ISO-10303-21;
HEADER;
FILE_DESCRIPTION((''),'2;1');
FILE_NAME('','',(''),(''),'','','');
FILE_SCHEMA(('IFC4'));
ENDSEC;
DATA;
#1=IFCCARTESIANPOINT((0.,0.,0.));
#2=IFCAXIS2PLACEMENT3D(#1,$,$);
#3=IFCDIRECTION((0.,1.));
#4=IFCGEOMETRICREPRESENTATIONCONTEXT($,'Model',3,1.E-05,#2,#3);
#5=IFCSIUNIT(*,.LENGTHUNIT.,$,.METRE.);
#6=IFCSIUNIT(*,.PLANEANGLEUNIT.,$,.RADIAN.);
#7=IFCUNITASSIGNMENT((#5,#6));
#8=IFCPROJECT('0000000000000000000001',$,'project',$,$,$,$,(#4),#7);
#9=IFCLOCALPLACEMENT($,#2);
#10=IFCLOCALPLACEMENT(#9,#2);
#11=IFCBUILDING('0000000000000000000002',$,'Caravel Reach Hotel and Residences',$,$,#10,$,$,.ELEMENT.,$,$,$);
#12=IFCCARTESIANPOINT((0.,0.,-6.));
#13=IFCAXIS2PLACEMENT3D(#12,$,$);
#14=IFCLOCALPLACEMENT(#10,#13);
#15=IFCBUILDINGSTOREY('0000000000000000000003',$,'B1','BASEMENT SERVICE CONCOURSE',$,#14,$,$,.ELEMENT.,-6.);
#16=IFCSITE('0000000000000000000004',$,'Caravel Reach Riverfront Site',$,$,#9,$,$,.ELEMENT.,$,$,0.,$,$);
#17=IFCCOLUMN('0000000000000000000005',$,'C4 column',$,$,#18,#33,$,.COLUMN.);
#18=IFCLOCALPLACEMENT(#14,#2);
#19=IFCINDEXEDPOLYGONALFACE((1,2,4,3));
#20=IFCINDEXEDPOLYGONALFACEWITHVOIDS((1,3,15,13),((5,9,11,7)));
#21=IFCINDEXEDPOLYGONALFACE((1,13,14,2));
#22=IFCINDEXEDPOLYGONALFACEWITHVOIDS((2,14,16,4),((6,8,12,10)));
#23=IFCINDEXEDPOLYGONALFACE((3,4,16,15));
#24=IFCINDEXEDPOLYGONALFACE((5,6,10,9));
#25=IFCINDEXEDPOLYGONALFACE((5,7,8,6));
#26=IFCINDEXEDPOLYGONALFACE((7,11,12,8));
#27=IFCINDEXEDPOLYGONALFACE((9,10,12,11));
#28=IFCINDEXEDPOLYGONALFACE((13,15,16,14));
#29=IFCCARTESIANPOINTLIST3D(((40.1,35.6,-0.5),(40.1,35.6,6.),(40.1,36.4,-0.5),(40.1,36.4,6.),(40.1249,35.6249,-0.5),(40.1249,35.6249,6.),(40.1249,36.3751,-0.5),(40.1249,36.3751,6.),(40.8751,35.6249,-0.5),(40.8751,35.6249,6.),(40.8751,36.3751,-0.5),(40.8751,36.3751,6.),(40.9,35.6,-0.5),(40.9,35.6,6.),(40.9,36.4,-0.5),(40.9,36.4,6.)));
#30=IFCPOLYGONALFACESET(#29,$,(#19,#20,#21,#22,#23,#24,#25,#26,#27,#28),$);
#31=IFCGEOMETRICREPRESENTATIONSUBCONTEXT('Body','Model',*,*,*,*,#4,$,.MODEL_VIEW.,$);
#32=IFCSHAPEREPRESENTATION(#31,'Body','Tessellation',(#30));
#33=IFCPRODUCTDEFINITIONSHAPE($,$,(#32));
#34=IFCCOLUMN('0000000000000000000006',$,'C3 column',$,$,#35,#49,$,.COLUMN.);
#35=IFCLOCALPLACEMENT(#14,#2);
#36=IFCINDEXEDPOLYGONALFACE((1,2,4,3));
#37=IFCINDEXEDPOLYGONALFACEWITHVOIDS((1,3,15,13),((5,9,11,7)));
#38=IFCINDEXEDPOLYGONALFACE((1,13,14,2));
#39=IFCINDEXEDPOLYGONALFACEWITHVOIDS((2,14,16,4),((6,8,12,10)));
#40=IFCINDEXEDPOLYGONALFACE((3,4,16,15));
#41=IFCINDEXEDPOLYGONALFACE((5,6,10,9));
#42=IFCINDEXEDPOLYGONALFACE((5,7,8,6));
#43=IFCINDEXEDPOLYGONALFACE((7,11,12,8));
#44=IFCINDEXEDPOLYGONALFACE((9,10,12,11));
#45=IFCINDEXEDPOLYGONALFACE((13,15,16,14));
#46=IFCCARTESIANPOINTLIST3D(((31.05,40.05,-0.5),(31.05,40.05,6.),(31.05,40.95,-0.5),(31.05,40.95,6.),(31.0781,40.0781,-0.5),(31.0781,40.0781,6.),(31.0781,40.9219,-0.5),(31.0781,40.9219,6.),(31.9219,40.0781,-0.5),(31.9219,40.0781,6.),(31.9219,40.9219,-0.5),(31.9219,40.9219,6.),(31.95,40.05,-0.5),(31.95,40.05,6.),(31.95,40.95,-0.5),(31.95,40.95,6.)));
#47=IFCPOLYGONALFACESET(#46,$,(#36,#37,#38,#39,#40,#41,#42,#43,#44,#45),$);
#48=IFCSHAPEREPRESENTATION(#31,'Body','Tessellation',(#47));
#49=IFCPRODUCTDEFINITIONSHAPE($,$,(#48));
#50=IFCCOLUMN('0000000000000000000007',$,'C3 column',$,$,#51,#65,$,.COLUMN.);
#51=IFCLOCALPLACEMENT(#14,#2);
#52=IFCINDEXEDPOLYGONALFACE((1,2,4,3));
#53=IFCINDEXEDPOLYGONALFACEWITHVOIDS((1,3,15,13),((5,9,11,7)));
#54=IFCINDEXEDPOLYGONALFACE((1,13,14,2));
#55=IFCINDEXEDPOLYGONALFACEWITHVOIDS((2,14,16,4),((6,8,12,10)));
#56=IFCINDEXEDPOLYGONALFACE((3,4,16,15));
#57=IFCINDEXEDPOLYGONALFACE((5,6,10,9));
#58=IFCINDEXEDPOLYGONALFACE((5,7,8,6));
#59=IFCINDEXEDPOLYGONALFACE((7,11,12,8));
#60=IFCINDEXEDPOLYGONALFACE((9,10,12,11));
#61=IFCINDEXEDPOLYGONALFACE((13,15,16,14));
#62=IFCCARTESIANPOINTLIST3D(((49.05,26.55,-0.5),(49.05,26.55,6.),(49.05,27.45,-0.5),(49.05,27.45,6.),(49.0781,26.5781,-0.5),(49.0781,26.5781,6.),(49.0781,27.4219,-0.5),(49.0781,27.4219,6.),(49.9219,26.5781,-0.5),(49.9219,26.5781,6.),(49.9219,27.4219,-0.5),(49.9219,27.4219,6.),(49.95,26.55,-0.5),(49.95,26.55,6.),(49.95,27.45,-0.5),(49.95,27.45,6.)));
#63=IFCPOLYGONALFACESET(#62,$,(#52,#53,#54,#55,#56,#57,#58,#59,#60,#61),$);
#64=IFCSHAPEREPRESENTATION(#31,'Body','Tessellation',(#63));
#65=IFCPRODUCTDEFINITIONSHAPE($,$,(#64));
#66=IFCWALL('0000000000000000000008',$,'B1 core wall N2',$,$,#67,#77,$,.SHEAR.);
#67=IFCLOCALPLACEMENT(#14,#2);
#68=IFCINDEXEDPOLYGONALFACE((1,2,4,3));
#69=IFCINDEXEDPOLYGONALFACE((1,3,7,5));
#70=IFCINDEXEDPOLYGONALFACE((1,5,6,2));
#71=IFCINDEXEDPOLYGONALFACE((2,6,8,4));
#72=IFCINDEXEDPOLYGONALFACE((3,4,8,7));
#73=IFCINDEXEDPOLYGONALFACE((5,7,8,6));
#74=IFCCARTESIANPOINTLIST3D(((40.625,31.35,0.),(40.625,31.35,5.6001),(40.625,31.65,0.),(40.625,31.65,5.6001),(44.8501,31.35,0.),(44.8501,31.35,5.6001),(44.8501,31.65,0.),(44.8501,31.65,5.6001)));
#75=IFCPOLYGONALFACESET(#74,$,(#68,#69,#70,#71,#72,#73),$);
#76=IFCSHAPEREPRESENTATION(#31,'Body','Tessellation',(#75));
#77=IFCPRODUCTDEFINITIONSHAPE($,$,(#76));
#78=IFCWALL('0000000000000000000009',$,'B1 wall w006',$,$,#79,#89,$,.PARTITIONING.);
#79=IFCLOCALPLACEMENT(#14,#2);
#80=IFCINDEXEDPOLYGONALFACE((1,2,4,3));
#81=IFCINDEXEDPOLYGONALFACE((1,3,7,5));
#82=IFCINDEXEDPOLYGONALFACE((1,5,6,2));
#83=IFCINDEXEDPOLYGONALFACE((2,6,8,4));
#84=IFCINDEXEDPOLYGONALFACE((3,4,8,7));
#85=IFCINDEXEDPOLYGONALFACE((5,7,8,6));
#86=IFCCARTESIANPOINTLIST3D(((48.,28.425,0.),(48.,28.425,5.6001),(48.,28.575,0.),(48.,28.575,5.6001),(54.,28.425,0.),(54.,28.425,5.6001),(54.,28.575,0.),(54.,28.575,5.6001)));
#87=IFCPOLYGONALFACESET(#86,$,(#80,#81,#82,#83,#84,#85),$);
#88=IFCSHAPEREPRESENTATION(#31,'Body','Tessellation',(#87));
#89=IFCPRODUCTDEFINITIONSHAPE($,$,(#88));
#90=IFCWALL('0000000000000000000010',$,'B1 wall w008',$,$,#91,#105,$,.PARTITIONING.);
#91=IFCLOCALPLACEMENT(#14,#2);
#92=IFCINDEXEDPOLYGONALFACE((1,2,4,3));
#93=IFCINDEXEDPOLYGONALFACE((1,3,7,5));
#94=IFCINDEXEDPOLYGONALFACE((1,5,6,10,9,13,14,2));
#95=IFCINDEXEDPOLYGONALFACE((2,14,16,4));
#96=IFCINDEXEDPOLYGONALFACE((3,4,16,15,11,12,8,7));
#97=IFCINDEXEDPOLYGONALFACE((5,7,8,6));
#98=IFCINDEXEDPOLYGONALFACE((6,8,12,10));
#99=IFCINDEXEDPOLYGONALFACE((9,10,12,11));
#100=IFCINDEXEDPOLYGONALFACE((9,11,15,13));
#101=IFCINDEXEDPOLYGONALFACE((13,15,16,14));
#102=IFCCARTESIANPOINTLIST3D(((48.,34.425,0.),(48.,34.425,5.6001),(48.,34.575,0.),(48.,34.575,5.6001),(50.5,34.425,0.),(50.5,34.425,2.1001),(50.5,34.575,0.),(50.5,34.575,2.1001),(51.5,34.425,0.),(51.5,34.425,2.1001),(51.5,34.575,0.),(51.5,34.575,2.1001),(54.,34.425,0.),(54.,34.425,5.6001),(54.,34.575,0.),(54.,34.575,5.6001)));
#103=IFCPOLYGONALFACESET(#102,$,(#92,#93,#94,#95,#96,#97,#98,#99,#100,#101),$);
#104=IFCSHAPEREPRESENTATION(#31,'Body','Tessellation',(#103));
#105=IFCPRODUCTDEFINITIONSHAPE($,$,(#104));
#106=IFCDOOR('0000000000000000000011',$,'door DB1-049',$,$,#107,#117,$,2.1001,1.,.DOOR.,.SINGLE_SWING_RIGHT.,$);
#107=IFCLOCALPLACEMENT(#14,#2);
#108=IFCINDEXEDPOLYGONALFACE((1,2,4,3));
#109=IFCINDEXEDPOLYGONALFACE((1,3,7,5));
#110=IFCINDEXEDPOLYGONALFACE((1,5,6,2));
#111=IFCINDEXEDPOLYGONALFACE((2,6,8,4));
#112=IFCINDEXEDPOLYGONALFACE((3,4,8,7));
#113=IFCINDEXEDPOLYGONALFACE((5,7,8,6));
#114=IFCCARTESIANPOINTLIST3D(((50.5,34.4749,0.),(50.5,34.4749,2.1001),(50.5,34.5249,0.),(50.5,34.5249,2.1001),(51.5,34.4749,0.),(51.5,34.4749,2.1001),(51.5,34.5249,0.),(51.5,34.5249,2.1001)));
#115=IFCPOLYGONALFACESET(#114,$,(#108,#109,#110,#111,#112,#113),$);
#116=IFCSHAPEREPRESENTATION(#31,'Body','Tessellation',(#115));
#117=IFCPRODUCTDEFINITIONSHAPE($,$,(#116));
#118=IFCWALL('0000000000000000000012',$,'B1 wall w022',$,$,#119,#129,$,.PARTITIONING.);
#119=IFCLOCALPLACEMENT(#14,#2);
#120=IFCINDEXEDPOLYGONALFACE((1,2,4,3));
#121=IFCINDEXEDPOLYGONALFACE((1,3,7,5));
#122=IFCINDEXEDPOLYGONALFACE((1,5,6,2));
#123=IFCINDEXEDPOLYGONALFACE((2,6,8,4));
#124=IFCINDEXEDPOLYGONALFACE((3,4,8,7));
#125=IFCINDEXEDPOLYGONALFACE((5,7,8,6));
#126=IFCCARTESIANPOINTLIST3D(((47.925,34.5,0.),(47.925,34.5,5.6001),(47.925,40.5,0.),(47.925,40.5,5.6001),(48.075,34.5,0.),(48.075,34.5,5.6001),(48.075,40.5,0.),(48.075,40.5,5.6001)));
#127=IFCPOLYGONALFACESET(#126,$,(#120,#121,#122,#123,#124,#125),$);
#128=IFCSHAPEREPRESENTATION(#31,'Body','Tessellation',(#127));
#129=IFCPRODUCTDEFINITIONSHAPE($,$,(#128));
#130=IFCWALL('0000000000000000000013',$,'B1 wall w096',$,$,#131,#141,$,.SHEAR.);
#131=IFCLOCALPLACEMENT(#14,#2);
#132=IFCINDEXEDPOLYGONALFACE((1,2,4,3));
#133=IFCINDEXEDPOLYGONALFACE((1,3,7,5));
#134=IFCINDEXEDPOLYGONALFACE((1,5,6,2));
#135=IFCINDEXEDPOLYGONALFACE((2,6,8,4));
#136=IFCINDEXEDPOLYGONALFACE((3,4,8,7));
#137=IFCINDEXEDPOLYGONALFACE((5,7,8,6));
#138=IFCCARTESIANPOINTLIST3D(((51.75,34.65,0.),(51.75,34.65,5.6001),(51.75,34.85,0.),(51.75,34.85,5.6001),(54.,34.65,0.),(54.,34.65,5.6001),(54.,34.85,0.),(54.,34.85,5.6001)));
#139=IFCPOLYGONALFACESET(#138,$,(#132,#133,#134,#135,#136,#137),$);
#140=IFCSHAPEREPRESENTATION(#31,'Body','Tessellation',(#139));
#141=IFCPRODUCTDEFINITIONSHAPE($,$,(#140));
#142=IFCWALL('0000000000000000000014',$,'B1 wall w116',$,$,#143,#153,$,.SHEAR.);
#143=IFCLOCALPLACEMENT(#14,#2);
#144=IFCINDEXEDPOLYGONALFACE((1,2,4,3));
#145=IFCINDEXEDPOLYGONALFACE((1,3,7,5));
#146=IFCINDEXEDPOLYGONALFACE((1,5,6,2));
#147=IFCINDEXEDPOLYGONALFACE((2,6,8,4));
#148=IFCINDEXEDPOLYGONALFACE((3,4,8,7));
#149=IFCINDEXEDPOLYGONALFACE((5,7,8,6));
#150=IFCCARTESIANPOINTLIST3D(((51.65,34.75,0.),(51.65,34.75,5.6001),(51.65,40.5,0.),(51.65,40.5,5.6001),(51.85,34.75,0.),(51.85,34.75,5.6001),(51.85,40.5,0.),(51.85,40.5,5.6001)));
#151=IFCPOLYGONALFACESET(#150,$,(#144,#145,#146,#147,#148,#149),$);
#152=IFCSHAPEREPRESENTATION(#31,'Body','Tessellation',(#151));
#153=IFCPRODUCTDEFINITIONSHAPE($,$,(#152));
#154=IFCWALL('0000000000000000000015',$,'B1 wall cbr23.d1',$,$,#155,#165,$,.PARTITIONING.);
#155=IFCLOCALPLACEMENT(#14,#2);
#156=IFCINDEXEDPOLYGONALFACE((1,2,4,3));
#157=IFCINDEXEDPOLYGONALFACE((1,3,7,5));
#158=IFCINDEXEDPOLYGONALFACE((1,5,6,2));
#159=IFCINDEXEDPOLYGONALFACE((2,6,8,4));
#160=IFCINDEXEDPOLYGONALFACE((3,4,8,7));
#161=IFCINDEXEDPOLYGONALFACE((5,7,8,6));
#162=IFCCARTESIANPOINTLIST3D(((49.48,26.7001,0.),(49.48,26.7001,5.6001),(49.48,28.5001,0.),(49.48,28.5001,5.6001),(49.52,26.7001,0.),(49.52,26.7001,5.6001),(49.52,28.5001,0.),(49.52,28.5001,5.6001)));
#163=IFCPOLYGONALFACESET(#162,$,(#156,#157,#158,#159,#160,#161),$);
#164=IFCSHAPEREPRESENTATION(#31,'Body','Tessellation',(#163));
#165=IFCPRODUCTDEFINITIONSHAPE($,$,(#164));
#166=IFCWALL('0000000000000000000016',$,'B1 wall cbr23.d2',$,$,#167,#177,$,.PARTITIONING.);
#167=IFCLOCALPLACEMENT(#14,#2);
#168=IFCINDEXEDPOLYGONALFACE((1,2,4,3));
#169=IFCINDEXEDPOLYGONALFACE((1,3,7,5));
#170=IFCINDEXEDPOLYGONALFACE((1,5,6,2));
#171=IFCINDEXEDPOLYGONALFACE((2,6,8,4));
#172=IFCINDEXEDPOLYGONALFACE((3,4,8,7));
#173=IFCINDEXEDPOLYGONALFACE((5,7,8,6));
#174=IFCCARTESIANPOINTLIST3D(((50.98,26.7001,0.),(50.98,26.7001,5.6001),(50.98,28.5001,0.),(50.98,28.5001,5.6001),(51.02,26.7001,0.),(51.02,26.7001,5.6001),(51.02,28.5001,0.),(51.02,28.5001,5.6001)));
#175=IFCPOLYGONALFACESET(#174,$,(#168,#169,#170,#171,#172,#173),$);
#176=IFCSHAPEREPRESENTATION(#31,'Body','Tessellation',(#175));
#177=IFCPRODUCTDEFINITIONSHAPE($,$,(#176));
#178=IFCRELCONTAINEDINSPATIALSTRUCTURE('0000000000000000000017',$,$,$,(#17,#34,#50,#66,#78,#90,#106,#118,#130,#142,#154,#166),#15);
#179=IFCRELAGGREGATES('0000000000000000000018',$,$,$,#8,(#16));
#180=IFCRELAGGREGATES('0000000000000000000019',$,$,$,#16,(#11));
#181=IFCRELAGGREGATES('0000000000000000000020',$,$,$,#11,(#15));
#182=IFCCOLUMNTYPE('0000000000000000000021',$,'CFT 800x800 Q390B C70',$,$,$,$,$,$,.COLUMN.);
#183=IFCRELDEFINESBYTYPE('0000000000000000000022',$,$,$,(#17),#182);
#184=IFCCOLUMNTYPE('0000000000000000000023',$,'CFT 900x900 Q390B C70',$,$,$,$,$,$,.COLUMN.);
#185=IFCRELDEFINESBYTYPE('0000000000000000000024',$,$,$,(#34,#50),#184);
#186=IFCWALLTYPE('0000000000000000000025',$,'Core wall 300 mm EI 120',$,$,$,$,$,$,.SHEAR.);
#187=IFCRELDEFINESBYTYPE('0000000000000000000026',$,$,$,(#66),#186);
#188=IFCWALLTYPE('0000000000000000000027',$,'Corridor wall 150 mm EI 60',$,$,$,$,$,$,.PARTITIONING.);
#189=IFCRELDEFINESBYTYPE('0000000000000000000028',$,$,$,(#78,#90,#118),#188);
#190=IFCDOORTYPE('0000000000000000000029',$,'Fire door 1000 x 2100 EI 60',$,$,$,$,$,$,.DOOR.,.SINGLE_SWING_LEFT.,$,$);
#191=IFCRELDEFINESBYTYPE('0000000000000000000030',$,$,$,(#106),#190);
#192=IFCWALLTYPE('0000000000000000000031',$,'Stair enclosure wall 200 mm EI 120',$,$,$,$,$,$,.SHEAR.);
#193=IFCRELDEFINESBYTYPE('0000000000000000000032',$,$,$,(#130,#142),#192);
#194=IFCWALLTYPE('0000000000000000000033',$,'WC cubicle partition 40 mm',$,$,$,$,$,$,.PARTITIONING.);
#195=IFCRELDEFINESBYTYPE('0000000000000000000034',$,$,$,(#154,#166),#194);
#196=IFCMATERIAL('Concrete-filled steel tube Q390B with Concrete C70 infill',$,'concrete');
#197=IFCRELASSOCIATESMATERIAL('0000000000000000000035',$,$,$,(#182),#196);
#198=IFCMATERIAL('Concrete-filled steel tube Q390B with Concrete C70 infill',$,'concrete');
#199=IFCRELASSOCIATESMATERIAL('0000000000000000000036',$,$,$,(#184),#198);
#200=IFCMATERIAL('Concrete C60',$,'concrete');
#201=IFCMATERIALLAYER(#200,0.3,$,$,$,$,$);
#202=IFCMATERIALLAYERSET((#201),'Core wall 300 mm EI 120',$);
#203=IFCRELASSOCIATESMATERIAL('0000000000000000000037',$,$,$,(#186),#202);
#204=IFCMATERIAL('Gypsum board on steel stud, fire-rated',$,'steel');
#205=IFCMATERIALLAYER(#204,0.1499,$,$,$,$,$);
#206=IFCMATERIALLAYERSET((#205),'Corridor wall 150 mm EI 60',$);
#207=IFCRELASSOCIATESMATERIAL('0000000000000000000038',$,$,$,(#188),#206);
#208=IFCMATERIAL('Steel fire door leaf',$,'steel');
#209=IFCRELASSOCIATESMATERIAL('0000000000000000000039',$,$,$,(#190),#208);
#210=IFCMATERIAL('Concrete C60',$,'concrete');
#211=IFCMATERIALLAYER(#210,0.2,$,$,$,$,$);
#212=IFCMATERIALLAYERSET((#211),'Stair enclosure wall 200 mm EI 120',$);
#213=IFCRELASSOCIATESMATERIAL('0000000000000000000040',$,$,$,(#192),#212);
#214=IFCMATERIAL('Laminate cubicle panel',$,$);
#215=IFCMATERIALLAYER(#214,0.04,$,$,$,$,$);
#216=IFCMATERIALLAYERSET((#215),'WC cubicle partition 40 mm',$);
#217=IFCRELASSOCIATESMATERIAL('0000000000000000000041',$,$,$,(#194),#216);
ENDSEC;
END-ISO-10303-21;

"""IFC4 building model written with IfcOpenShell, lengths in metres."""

from ifc_helpers import new_model, si_unit, direction, frame, frame_2d, origin, origin_2d, place, context, subcontext, project, spatial, rectangle, hollow_rectangle, extrude, material, layer, layer_set, material_profile, profile_set, type_object, element, fill, save


model = new_model("IFC4")

# Units and contexts
model_context = context("Model", 3, precision=1e-05, world=origin(), true_north=direction((0.0, 1.0)))
body_context = subcontext(model_context, "Body", "Model", "MODEL_VIEW")
ifc_project = project(units=[si_unit("LENGTHUNIT", "METRE"), si_unit("PLANEANGLEUNIT", "RADIAN")], contexts=[model_context])

# Site, building, storey
site_placement = place(None, origin())
site = spatial("IfcSite", under=ifc_project, at=site_placement, Name="Caravel Reach Riverfront Site", CompositionType="ELEMENT", RefElevation=0.0)
building_placement = place(site_placement, origin())
building = spatial("IfcBuilding", under=site, at=building_placement, Name="Caravel Reach Hotel and Residences", CompositionType="ELEMENT")
storey_placement = place(building_placement, frame((0.0, 0.0, -6.0)))
storey = spatial("IfcBuildingStorey", under=building, at=storey_placement, Name="B1", Description="BASEMENT SERVICE CONCOURSE", CompositionType="ELEMENT", Elevation=-6.0)

# Columns
ifc_material_1 = material(Name="Concrete-filled steel tube Q390B with Concrete C70 infill", Category="concrete")
ifc_material_profile_1 = material_profile(ifc_material_1, hollow_rectangle(XDim=0.8, YDim=0.8, WallThickness=0.0249, at=origin_2d()), Name="RHS 800x800x25")
ifc_profile_set_1 = profile_set([ifc_material_profile_1], Name="Concrete-filled steel tube Q390B with Concrete C70 infill")
column_type_1 = type_object("IfcColumnType", Name="CFT 800x800 Q390B C70", PredefinedType="COLUMN", material=ifc_profile_set_1)
for number, where, z_axis, x_axis, name in (
    (1, (40.5, 36.0, -0.5), (0.0, 0.0, 1.0), (1.0, 0.0, 0.0), "C4 column"),
):
    element("IfcColumn", number, at=place(storey_placement, frame(where, z_axis=z_axis, x_axis=x_axis)), inside=storey, type_object=column_type_1, Name=name, PredefinedType="COLUMN", context=body_context, shape_type="SweptSolid", body=[
        extrude(hollow_rectangle(XDim=0.8, YDim=0.8, WallThickness=0.0249, at=origin_2d()), origin(), (0.0, 0.0, 1.0), 6.5),
    ])
ifc_material_2 = material(Name="Concrete-filled steel tube Q390B with Concrete C70 infill", Category="concrete")
ifc_material_profile_2 = material_profile(ifc_material_2, hollow_rectangle(XDim=0.8999, YDim=0.8999, WallThickness=0.0281, at=origin_2d()), Name="RHS 900x900x28")
ifc_profile_set_2 = profile_set([ifc_material_profile_2], Name="Concrete-filled steel tube Q390B with Concrete C70 infill")
column_type_2 = type_object("IfcColumnType", Name="CFT 900x900 Q390B C70", PredefinedType="COLUMN", material=ifc_profile_set_2)
for number, where, z_axis, x_axis, name in (
    (2, (31.5, 40.5, -0.5), (0.0, 0.0, 1.0), (1.0, 0.0, 0.0), "C3 column"),
    (3, (49.5, 27.0, -0.5), (0.0, 0.0, 1.0), (1.0, 0.0, 0.0), "C3 column"),
):
    element("IfcColumn", number, at=place(storey_placement, frame(where, z_axis=z_axis, x_axis=x_axis)), inside=storey, type_object=column_type_2, Name=name, PredefinedType="COLUMN", context=body_context, shape_type="SweptSolid", body=[
        extrude(hollow_rectangle(XDim=0.8999, YDim=0.8999, WallThickness=0.0281, at=origin_2d()), origin(), (0.0, 0.0, 1.0), 6.5),
    ])

# Walls
ifc_material_3 = material(Name="Concrete C60", Category="concrete")
ifc_layer_1 = layer(ifc_material_3, 0.3)
ifc_layer_set_1 = layer_set([ifc_layer_1], Name="Core wall 300 mm EI 120")
wall_type_1 = type_object("IfcWallType", Name="Core wall 300 mm EI 120", PredefinedType="SHEAR", material=ifc_layer_set_1)
wall_1_placement = place(storey_placement, frame((40.625, 31.5, 0.0), z_axis=(0.0, 0.0, 1.0), x_axis=(1.0, 0.0, 0.0)))
element("IfcWall", 4, at=wall_1_placement, inside=storey, type_object=wall_type_1, Name="B1 core wall N2", PredefinedType="SHEAR", context=body_context, shape_type="SweptSolid", body=[
    extrude(rectangle(XDim=4.2251, YDim=0.3, at=frame_2d((2.1125, 0.0))), origin(), (0.0, 0.0, 1.0), 5.6001),
])
ifc_material_4 = material(Name="Gypsum board on steel stud, fire-rated", Category="steel")
ifc_layer_2 = layer(ifc_material_4, 0.1499)
ifc_layer_set_2 = layer_set([ifc_layer_2], Name="Corridor wall 150 mm EI 60")
wall_type_2 = type_object("IfcWallType", Name="Corridor wall 150 mm EI 60", PredefinedType="PARTITIONING", material=ifc_layer_set_2)
wall_2_placement = place(storey_placement, frame((48.0, 28.5, 0.0), z_axis=(0.0, 0.0, 1.0), x_axis=(1.0, 0.0, 0.0)))
element("IfcWall", 5, at=wall_2_placement, inside=storey, type_object=wall_type_2, Name="B1 wall w006", PredefinedType="PARTITIONING", context=body_context, shape_type="SweptSolid", body=[
    extrude(rectangle(XDim=6.0, YDim=0.1499, at=frame_2d((3.0, 0.0))), origin(), (0.0, 0.0, 1.0), 5.6001),
])

# Wall, opening, door
wall_3_placement = place(storey_placement, frame((48.0, 34.5, 0.0), z_axis=(0.0, 0.0, 1.0), x_axis=(1.0, 0.0, 0.0)))
wall_3 = element("IfcWall", 6, at=wall_3_placement, inside=storey, type_object=wall_type_2, Name="B1 wall w008", PredefinedType="PARTITIONING", context=body_context, shape_type="SweptSolid", body=[
    extrude(rectangle(XDim=6.0, YDim=0.1499, at=frame_2d((3.0, 0.0))), origin(), (0.0, 0.0, 1.0), 5.6001),
])
opening_placement = place(wall_3_placement, frame((2.5, 0.0, 0.0)))
opening = element("IfcOpeningElement", 7, at=opening_placement, cuts=wall_3, PredefinedType="OPENING", context=body_context, shape_type="SweptSolid", body=[
    extrude(rectangle(XDim=1.0, YDim=2.1001, at=frame_2d((0.5, 1.05))), frame((0.0, 0.085, 0.0), z_axis=(0.0, -1.0, 0.0), x_axis=(1.0, 0.0, 0.0)), (0.0, 0.0, 1.0), 0.1699),
])
ifc_material_5 = material(Name="Steel fire door leaf", Category="steel")
door_type = type_object("IfcDoorType", Name="Fire door 1000 x 2100 EI 60", OperationType="SINGLE_SWING_LEFT", PredefinedType="DOOR", material=ifc_material_5)
door_placement = place(opening_placement, origin())
door = element("IfcDoor", 8, at=door_placement, inside=storey, type_object=door_type, Name="door DB1-049", OperationType="SINGLE_SWING_RIGHT", OverallHeight=2.1001, OverallWidth=1.0, PredefinedType="DOOR", context=body_context, shape_type="SweptSolid", body=[
    extrude(rectangle(XDim=1.0, YDim=2.1001, at=frame_2d((0.5, 1.05))), frame((0.0, 0.0249, 0.0), z_axis=(0.0, -1.0, 0.0), x_axis=(1.0, 0.0, 0.0)), (0.0, 0.0, 1.0), 0.05),
])
fill(opening, door)

# Walls
wall_4_placement = place(storey_placement, frame((48.0, 34.5, 0.0), z_axis=(0.0, 0.0, 1.0), x_axis=(0.0, 1.0, 0.0)))
element("IfcWall", 9, at=wall_4_placement, inside=storey, type_object=wall_type_2, Name="B1 wall w022", PredefinedType="PARTITIONING", context=body_context, shape_type="SweptSolid", body=[
    extrude(rectangle(XDim=6.0, YDim=0.1499, at=frame_2d((3.0, 0.0))), origin(), (0.0, 0.0, 1.0), 5.6001),
])
ifc_material_6 = material(Name="Concrete C60", Category="concrete")
ifc_layer_3 = layer(ifc_material_6, 0.2)
ifc_layer_set_3 = layer_set([ifc_layer_3], Name="Stair enclosure wall 200 mm EI 120")
wall_type_3 = type_object("IfcWallType", Name="Stair enclosure wall 200 mm EI 120", PredefinedType="SHEAR", material=ifc_layer_set_3)
wall_5_placement = place(storey_placement, frame((51.75, 34.75, 0.0), z_axis=(0.0, 0.0, 1.0), x_axis=(1.0, 0.0, 0.0)))
element("IfcWall", 10, at=wall_5_placement, inside=storey, type_object=wall_type_3, Name="B1 wall w096", PredefinedType="SHEAR", context=body_context, shape_type="SweptSolid", body=[
    extrude(rectangle(XDim=2.25, YDim=0.2, at=frame_2d((1.125, 0.0))), origin(), (0.0, 0.0, 1.0), 5.6001),
])
wall_6_placement = place(storey_placement, frame((51.75, 34.75, 0.0), z_axis=(0.0, 0.0, 1.0), x_axis=(0.0, 1.0, 0.0)))
element("IfcWall", 11, at=wall_6_placement, inside=storey, type_object=wall_type_3, Name="B1 wall w116", PredefinedType="SHEAR", context=body_context, shape_type="SweptSolid", body=[
    extrude(rectangle(XDim=5.75, YDim=0.2, at=frame_2d((2.875, 0.0))), origin(), (0.0, 0.0, 1.0), 5.6001),
])
ifc_material_7 = material(Name="Laminate cubicle panel")
ifc_layer_4 = layer(ifc_material_7, 0.04)
ifc_layer_set_4 = layer_set([ifc_layer_4], Name="WC cubicle partition 40 mm")
wall_type_4 = type_object("IfcWallType", Name="WC cubicle partition 40 mm", PredefinedType="PARTITIONING", material=ifc_layer_set_4)
for number, where, z_axis, x_axis, name in (
    (12, (49.5, 28.5, 0.0), (0.0, 0.0, 1.0), (0.0, -1.0, 0.0), "B1 wall cbr23.d1"),
    (13, (51.0, 28.5, 0.0), (0.0, 0.0, 1.0), (0.0, -1.0, 0.0), "B1 wall cbr23.d2"),
):
    element("IfcWall", number, at=place(storey_placement, frame(where, z_axis=z_axis, x_axis=x_axis)), inside=storey, type_object=wall_type_4, Name=name, PredefinedType="PARTITIONING", context=body_context, shape_type="SweptSolid", body=[
        extrude(rectangle(XDim=1.8, YDim=0.04, at=frame_2d((0.8999, 0.0))), origin(), (0.0, 0.0, 1.0), 5.6001),
    ])

save(model, "model.ifc")
